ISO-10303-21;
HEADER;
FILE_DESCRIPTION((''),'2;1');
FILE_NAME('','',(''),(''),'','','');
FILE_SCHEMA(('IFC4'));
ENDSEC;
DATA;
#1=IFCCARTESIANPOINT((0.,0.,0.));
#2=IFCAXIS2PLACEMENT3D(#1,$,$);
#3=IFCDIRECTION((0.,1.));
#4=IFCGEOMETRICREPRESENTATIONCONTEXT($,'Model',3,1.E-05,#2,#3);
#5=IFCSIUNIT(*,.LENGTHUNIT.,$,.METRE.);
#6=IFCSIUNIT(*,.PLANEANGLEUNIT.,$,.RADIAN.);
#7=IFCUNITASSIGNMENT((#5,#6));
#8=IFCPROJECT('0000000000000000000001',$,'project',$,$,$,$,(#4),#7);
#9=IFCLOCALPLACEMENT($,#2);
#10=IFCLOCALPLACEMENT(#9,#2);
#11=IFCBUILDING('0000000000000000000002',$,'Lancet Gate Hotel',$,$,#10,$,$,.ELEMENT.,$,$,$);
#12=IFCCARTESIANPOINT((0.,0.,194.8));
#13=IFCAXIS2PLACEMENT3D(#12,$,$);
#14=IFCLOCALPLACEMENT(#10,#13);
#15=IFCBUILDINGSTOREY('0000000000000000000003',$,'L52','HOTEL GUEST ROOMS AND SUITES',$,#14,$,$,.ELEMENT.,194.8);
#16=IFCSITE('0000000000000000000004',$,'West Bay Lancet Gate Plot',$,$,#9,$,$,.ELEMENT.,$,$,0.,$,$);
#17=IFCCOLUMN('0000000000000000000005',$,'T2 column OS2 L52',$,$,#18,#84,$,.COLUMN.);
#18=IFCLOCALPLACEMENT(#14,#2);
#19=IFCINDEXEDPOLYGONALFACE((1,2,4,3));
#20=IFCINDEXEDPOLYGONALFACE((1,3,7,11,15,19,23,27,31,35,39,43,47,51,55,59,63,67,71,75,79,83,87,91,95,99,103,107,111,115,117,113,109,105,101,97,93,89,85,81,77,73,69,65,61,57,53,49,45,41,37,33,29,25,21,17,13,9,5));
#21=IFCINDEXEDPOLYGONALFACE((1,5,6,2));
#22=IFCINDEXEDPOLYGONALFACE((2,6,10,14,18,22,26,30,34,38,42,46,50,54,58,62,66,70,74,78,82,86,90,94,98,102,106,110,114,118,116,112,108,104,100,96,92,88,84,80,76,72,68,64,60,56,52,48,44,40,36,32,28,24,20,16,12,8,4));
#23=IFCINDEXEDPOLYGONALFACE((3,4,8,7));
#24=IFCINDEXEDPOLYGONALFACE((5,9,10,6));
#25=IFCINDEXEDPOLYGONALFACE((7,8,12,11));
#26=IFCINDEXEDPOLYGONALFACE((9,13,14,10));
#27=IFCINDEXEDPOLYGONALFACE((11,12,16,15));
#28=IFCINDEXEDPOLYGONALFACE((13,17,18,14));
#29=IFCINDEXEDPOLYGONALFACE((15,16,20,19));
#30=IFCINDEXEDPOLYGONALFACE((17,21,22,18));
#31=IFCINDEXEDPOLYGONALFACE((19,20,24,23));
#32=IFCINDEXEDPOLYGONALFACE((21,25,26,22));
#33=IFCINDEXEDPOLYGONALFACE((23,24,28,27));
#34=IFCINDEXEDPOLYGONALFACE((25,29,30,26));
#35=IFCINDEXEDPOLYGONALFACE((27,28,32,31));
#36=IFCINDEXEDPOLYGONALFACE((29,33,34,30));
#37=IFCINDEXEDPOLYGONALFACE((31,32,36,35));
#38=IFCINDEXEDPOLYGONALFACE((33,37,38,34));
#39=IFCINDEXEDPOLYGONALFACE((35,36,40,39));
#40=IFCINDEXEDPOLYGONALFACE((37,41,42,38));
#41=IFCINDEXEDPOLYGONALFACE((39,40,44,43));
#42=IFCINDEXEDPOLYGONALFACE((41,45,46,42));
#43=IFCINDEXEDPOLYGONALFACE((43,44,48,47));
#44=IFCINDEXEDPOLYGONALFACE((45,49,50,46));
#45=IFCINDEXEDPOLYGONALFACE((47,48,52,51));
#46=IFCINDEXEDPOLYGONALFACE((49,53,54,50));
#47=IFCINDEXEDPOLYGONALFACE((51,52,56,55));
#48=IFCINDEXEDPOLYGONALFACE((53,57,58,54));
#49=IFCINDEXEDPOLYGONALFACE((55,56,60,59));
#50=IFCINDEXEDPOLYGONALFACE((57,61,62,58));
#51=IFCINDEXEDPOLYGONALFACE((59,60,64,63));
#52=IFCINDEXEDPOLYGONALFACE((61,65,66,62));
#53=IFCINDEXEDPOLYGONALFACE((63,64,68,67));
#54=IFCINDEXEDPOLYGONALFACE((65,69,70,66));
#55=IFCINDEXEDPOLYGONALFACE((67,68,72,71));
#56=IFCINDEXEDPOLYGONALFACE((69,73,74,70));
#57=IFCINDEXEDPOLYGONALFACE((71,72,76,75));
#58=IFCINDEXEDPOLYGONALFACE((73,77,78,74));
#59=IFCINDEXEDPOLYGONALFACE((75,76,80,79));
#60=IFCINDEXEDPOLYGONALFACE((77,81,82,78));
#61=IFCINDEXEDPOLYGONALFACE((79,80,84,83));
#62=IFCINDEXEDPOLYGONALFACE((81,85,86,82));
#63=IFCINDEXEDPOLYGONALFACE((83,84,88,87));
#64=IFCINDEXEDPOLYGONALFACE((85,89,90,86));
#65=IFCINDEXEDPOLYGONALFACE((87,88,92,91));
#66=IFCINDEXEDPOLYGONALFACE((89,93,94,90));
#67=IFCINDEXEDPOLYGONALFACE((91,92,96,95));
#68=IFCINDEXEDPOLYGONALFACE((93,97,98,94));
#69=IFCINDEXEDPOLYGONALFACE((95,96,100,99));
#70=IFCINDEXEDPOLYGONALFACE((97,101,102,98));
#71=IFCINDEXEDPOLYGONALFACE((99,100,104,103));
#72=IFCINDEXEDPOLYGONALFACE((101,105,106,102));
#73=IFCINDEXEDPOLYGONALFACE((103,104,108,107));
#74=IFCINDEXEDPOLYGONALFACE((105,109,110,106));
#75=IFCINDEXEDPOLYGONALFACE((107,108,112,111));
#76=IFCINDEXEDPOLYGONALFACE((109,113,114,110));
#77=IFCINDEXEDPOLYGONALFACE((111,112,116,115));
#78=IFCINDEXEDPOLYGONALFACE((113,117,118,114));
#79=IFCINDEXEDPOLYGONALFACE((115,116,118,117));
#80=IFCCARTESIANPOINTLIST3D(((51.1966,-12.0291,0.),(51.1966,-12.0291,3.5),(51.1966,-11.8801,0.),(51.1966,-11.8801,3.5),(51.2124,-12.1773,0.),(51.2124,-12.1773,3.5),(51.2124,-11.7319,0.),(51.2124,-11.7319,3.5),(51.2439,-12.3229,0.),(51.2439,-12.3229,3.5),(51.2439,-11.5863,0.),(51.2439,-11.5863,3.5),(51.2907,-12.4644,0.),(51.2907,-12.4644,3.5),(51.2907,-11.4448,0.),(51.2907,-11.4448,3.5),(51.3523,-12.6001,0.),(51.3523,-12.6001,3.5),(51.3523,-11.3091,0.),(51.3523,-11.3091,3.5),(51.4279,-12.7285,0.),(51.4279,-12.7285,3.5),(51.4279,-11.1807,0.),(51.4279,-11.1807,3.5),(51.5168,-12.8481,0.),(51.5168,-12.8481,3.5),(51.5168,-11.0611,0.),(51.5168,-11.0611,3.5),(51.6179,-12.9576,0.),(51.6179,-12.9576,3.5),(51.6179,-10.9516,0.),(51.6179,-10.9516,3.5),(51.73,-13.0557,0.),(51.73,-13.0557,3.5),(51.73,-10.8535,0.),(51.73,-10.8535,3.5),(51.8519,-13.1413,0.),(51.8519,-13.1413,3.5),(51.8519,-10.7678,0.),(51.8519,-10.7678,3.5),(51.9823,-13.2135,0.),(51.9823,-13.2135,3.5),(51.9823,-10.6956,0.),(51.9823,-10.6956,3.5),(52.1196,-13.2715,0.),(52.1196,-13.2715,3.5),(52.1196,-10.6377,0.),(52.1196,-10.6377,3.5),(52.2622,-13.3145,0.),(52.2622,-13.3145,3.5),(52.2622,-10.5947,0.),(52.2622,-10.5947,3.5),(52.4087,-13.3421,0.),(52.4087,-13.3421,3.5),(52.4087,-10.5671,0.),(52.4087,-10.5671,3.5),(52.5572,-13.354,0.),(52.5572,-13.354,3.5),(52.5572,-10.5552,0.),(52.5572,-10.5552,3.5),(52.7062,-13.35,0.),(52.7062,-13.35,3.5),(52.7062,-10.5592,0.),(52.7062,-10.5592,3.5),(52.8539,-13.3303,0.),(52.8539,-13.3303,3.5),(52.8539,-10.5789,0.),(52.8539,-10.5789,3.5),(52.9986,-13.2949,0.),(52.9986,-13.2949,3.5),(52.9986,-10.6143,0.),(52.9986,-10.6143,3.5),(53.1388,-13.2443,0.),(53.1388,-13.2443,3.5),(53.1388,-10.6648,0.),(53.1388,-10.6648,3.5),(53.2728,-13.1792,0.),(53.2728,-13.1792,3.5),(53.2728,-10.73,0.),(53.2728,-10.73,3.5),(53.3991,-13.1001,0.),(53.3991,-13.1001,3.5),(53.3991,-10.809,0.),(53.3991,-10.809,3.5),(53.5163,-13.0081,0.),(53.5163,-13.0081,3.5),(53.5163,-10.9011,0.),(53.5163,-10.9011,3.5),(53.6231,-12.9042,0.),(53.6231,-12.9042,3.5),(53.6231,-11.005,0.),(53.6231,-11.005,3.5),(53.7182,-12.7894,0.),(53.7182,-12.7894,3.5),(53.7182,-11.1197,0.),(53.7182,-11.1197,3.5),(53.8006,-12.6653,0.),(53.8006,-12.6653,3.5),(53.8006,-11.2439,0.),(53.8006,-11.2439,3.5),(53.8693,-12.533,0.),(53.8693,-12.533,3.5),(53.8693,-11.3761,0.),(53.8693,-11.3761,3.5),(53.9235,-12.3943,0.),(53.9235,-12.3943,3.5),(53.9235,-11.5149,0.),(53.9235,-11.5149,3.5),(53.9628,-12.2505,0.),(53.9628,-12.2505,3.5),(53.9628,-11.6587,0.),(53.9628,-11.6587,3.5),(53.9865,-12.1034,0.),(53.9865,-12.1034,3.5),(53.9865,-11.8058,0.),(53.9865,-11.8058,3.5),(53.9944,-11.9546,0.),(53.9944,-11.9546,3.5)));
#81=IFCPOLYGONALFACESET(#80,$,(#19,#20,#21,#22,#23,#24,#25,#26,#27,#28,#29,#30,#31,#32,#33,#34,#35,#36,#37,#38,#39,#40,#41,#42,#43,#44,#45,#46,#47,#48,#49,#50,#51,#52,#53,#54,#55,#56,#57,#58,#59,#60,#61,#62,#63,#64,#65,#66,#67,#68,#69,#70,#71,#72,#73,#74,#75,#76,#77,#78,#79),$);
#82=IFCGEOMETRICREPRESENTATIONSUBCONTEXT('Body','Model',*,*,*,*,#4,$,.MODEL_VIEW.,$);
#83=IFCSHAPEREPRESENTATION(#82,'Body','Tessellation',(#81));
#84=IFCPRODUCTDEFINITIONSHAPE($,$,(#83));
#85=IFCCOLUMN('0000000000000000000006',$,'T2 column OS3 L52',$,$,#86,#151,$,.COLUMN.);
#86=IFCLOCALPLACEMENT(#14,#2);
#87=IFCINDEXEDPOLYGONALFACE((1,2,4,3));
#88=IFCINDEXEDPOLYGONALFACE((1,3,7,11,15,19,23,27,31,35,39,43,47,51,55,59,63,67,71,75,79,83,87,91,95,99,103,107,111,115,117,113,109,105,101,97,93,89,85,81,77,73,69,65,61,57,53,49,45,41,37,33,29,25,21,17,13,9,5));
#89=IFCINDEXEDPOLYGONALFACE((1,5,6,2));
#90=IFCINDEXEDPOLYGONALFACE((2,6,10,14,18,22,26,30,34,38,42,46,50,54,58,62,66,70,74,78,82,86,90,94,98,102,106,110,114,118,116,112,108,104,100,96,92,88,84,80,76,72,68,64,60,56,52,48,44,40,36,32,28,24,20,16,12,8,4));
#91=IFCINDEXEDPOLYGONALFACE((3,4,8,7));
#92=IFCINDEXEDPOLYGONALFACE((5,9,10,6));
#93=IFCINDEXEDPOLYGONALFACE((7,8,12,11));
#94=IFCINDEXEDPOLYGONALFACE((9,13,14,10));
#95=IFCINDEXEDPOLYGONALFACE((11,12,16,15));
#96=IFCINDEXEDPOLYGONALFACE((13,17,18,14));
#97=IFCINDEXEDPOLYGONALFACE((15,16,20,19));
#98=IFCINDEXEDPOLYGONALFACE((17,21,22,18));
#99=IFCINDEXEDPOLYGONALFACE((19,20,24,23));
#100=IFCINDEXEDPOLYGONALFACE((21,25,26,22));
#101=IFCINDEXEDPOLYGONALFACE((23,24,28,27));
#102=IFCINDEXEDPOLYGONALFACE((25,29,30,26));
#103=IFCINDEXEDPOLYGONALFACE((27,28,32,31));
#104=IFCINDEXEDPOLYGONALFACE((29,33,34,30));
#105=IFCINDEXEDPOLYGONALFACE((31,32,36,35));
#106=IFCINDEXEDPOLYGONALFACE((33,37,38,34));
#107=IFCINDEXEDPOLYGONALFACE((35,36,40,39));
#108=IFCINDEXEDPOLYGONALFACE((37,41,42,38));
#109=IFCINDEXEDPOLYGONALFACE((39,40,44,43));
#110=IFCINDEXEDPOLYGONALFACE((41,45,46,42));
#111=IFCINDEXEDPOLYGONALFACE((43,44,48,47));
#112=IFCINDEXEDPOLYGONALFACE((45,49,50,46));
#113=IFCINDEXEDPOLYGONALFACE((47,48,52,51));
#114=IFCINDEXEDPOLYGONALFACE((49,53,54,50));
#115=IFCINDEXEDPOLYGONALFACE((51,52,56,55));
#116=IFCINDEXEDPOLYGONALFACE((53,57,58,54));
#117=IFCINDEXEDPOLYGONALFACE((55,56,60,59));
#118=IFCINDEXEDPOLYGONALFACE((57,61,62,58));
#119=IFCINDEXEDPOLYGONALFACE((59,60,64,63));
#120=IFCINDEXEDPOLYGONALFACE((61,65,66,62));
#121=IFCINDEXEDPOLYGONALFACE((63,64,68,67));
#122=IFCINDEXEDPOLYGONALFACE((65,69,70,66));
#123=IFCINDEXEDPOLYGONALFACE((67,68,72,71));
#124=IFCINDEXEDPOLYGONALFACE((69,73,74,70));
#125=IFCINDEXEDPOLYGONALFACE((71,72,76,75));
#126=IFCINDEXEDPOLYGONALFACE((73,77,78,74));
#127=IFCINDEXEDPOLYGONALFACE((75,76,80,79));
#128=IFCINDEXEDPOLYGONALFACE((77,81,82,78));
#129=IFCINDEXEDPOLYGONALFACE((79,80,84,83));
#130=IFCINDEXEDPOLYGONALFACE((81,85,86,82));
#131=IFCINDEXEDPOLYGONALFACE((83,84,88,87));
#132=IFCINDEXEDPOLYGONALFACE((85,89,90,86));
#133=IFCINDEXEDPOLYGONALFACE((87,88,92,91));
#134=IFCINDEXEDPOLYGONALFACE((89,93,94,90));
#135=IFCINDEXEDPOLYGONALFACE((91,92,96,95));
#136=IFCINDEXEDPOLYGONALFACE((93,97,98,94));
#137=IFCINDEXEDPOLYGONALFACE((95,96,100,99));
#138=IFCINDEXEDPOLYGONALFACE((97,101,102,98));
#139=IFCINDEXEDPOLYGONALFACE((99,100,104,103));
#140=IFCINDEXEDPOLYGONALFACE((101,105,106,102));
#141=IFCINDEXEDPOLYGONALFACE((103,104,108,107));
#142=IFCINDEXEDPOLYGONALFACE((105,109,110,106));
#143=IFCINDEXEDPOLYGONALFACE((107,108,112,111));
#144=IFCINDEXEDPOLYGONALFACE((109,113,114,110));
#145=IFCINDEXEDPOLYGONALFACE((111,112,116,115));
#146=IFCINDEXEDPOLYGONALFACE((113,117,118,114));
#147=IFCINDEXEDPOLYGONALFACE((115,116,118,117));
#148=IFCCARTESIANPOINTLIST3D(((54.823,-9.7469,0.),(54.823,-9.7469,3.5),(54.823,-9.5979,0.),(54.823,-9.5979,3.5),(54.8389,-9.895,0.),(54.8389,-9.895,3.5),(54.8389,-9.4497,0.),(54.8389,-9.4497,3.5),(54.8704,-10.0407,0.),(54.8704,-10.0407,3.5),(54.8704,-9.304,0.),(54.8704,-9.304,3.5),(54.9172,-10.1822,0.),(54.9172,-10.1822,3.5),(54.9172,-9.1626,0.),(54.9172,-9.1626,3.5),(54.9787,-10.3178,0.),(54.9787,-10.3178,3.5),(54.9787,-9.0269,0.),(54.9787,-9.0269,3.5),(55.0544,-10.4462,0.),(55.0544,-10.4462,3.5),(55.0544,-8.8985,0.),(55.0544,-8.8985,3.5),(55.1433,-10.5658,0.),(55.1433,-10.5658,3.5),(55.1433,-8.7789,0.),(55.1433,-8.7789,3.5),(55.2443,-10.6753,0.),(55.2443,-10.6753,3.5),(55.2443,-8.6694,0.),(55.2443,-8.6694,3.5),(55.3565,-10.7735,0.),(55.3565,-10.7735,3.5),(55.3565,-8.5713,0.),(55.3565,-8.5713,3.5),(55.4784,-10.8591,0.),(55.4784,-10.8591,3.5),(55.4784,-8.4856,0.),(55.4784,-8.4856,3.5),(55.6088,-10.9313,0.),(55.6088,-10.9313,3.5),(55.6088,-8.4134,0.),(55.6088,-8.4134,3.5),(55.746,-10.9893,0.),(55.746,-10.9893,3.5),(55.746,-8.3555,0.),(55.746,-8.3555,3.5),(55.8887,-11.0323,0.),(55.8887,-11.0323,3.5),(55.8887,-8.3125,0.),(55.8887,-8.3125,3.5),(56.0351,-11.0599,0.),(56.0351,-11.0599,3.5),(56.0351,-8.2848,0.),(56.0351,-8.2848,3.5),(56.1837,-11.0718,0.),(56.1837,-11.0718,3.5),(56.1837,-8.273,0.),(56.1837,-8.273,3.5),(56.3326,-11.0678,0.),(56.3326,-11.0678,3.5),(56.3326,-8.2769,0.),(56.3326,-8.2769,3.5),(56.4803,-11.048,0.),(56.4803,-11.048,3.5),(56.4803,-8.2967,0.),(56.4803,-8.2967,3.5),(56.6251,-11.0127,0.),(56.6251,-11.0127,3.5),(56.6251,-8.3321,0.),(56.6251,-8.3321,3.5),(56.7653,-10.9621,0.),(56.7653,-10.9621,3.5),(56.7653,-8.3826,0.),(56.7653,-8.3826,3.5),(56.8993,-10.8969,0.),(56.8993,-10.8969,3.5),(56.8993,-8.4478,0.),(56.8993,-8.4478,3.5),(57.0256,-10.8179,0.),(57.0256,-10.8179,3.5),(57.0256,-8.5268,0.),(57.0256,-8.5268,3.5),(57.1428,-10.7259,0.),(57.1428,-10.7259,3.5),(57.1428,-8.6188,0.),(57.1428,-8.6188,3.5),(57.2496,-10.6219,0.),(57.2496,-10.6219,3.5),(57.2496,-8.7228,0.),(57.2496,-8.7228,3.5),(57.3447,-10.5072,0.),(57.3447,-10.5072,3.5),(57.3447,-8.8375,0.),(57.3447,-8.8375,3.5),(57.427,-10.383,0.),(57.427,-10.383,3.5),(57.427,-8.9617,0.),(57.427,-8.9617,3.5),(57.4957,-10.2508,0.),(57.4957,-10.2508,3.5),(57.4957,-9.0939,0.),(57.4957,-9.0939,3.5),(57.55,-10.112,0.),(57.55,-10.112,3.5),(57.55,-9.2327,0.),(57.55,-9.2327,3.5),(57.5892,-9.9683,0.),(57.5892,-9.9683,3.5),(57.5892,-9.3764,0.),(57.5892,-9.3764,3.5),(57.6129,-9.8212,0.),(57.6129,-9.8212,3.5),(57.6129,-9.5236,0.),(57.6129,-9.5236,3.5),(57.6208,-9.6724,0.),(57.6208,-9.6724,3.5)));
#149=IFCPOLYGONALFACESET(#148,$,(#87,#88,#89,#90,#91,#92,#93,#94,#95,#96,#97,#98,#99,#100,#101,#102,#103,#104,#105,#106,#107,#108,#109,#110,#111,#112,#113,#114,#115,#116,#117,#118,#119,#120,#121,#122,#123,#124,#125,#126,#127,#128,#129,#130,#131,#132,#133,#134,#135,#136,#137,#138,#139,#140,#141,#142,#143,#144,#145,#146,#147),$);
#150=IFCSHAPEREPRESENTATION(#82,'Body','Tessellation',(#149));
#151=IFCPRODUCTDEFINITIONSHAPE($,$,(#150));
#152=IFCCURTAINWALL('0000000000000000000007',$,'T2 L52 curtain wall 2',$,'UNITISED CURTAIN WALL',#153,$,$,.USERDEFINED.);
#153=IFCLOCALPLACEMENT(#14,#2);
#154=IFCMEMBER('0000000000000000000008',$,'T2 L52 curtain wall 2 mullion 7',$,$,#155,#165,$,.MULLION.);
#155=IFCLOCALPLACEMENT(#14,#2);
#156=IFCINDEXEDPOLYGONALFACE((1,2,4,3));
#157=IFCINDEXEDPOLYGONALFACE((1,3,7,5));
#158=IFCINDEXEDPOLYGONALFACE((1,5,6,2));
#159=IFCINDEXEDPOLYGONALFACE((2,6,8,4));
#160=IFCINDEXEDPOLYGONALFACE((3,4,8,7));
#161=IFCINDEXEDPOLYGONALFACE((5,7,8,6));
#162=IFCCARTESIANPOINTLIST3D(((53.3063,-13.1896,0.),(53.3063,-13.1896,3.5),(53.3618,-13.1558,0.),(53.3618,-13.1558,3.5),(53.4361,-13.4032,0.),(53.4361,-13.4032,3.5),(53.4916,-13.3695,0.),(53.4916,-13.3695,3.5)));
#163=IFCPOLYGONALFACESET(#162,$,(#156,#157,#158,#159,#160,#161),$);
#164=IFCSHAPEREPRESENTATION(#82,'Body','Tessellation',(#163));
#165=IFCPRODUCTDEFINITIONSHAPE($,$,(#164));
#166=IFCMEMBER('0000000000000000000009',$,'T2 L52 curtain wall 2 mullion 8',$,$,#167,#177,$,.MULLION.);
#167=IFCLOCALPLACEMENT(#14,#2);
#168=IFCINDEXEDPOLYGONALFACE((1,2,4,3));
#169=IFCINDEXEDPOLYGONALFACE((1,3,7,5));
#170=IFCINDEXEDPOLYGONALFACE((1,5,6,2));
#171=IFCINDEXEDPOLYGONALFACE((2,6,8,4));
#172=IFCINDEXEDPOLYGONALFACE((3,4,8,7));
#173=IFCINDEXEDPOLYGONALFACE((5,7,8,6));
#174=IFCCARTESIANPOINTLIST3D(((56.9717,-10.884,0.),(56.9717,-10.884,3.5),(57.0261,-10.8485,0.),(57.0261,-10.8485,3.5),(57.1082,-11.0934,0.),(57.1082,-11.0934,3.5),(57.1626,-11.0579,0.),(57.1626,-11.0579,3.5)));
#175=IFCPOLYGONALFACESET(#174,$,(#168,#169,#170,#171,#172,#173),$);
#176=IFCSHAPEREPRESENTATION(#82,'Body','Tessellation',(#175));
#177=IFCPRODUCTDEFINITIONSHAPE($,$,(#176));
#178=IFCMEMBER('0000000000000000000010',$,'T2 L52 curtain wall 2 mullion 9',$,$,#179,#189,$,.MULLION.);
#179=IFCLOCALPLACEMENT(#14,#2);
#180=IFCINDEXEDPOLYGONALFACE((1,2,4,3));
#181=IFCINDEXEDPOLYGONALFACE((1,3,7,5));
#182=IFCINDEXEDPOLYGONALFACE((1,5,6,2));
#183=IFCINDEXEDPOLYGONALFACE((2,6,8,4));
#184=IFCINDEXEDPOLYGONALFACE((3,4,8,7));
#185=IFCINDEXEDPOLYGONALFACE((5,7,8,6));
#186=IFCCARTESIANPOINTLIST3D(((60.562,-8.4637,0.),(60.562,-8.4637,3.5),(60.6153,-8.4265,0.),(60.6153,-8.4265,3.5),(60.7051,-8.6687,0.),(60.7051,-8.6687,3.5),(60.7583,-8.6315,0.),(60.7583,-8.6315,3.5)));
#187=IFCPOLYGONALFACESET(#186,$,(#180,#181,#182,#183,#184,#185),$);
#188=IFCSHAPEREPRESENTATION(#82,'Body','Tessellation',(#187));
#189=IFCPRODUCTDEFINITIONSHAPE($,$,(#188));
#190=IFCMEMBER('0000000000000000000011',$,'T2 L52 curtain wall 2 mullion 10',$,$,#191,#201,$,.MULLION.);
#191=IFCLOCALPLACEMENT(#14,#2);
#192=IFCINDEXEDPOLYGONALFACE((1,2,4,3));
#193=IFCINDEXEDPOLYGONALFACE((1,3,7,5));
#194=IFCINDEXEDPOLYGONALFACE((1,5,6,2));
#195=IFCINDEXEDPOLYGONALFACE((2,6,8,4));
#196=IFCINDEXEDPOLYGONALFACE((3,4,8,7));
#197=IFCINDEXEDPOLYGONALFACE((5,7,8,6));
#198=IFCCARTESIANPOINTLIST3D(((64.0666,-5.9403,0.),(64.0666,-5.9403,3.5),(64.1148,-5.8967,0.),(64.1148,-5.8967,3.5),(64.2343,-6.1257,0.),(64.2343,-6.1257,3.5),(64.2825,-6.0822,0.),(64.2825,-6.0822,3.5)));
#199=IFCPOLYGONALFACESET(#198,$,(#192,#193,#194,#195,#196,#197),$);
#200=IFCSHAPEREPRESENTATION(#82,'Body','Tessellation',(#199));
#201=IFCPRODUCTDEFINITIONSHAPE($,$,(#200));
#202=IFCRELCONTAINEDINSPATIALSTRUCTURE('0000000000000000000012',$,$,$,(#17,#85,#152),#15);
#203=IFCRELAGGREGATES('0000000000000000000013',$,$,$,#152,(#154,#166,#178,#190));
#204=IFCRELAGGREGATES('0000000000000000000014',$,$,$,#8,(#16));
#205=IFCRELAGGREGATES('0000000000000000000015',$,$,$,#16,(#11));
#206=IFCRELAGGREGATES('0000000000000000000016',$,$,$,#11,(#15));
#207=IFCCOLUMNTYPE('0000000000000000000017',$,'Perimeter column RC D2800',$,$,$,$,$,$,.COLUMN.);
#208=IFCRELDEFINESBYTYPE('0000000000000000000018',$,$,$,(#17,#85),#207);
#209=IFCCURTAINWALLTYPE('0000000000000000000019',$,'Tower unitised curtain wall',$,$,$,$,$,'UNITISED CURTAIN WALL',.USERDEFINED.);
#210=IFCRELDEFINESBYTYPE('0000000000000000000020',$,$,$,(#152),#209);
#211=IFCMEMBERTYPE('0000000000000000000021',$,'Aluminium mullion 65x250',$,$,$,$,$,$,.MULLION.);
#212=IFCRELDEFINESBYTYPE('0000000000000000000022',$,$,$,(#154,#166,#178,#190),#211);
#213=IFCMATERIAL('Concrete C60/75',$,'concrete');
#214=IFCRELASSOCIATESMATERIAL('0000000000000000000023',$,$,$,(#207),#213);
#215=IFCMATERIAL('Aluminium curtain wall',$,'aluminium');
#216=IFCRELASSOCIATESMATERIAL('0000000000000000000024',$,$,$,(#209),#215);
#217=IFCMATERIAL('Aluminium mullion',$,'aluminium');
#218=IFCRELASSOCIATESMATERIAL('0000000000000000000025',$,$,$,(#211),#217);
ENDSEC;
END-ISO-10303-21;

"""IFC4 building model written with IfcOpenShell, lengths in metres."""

from ifc_helpers import new_model, si_unit, direction, frame, origin, origin_2d, place, context, subcontext, project, spatial, rectangle, circle, extrude, material, material_profile, profile_set, type_object, element, aggregate, save


model = new_model("IFC4")

# Units and contexts
model_context = context("Model", 3, precision=1e-05, world=origin(), true_north=direction((0.0, 1.0)))
body_context = subcontext(model_context, "Body", "Model", "MODEL_VIEW")
ifc_project = project(units=[si_unit("LENGTHUNIT", "METRE"), si_unit("PLANEANGLEUNIT", "RADIAN")], contexts=[model_context])

# Site, building, storey
site_placement = place(None, origin())
site = spatial("IfcSite", under=ifc_project, at=site_placement, Name="West Bay Lancet Gate Plot", CompositionType="ELEMENT", RefElevation=0.0)
building_placement = place(site_placement, origin())
building = spatial("IfcBuilding", under=site, at=building_placement, Name="Lancet Gate Hotel", CompositionType="ELEMENT")
storey_placement = place(building_placement, frame((0.0, 0.0, 194.8)))
storey = spatial("IfcBuildingStorey", under=building, at=storey_placement, Name="L52", Description="HOTEL GUEST ROOMS AND SUITES", CompositionType="ELEMENT", Elevation=194.8)

# Columns
ifc_material_1 = material(Name="Concrete C60/75", Category="concrete")
ifc_material_profile_1 = material_profile(ifc_material_1, circle(Radius=1.3999, at=origin_2d()), Name="RC D2800")
ifc_profile_set_1 = profile_set([ifc_material_profile_1], Name="Concrete C60/75")
column_type = type_object("IfcColumnType", Name="Perimeter column RC D2800", PredefinedType="COLUMN", material=ifc_profile_set_1)
for number, where, z_axis, x_axis, name in (
    (1, (52.5945, -11.9546, 0.0), (0.0, 0.0, 1.0), (1.0, 0.0, 0.0), "T2 column OS2 L52"),
    (2, (56.2209, -9.6724, 0.0), (0.0, 0.0, 1.0), (1.0, 0.0, 0.0), "T2 column OS3 L52"),
):
    element("IfcColumn", number, at=place(storey_placement, frame(where, z_axis=z_axis, x_axis=x_axis)), inside=storey, type_object=column_type, Name=name, PredefinedType="COLUMN", context=body_context, shape_type="SweptSolid", body=[
        extrude(circle(Radius=1.3999, at=origin_2d()), origin(), (0.0, 0.0, 1.0), 3.5),
    ])

# Curtain wall, members
ifc_material_2 = material(Name="Aluminium curtain wall", Category="aluminium")
curtain_wall_type = type_object("IfcCurtainWallType", Name="Tower unitised curtain wall", ElementType="UNITISED CURTAIN WALL", PredefinedType="USERDEFINED", material=ifc_material_2)
curtain_wall_placement = place(storey_placement, origin())
curtain_wall = element("IfcCurtainWall", 3, at=curtain_wall_placement, inside=storey, type_object=curtain_wall_type, Name="T2 L52 curtain wall 2", ObjectType="UNITISED CURTAIN WALL", PredefinedType="USERDEFINED")
ifc_material_3 = material(Name="Aluminium mullion", Category="aluminium")
ifc_material_profile_2 = material_profile(ifc_material_3, rectangle(XDim=0.0649, YDim=0.25, at=origin_2d()), Name="MULLION 65x250")
ifc_profile_set_2 = profile_set([ifc_material_profile_2], Name="Aluminium mullion")
member_type_1 = type_object("IfcMemberType", Name="Aluminium mullion 65x250", PredefinedType="MULLION", material=ifc_profile_set_2)
member_1_placement = place(storey_placement, frame((53.3989, -13.2795, 0.0), z_axis=(0.0, 0.0, 1.0), x_axis=(0.854691, 0.519137, 0.0)))
member_1 = element("IfcMember", 4, at=member_1_placement, type_object=member_type_1, Name="T2 L52 curtain wall 2 mullion 7", PredefinedType="MULLION", context=body_context, shape_type="SweptSolid", body=[
    extrude(rectangle(XDim=0.0649, YDim=0.25, at=origin_2d()), origin(), (0.0, 0.0, 1.0), 3.5),
])
member_2_placement = place(storey_placement, frame((57.0671, -10.9709, 0.0), z_axis=(0.0, 0.0, 1.0), x_axis=(0.837801, 0.545976, 0.0)))
member_2 = element("IfcMember", 5, at=member_2_placement, type_object=member_type_1, Name="T2 L52 curtain wall 2 mullion 8", PredefinedType="MULLION", context=body_context, shape_type="SweptSolid", body=[
    extrude(rectangle(XDim=0.0649, YDim=0.25, at=origin_2d()), origin(), (0.0, 0.0, 1.0), 3.5),
])
member_3_placement = place(storey_placement, frame((60.6602, -8.5476, 0.0), z_axis=(0.0, 0.0, 1.0), x_axis=(0.820068, 0.572266, 0.0)))
member_3 = element("IfcMember", 6, at=member_3_placement, type_object=member_type_1, Name="T2 L52 curtain wall 2 mullion 9", PredefinedType="MULLION", context=body_context, shape_type="SweptSolid", body=[
    extrude(rectangle(XDim=0.0649, YDim=0.25, at=origin_2d()), origin(), (0.0, 0.0, 1.0), 3.5),
])
member_4_placement = place(storey_placement, frame((64.1746, -6.0112, 0.0), z_axis=(0.0, 0.0, 1.0), x_axis=(0.741693, 0.670739, 0.0)))
member_4 = element("IfcMember", 7, at=member_4_placement, type_object=member_type_1, Name="T2 L52 curtain wall 2 mullion 10", PredefinedType="MULLION", context=body_context, shape_type="SweptSolid", body=[
    extrude(rectangle(XDim=0.0649, YDim=0.25, at=origin_2d()), origin(), (0.0, 0.0, 1.0), 3.5),
])

aggregate(curtain_wall, [member_1, member_2, member_3, member_4])

save(model, "model.ifc")
